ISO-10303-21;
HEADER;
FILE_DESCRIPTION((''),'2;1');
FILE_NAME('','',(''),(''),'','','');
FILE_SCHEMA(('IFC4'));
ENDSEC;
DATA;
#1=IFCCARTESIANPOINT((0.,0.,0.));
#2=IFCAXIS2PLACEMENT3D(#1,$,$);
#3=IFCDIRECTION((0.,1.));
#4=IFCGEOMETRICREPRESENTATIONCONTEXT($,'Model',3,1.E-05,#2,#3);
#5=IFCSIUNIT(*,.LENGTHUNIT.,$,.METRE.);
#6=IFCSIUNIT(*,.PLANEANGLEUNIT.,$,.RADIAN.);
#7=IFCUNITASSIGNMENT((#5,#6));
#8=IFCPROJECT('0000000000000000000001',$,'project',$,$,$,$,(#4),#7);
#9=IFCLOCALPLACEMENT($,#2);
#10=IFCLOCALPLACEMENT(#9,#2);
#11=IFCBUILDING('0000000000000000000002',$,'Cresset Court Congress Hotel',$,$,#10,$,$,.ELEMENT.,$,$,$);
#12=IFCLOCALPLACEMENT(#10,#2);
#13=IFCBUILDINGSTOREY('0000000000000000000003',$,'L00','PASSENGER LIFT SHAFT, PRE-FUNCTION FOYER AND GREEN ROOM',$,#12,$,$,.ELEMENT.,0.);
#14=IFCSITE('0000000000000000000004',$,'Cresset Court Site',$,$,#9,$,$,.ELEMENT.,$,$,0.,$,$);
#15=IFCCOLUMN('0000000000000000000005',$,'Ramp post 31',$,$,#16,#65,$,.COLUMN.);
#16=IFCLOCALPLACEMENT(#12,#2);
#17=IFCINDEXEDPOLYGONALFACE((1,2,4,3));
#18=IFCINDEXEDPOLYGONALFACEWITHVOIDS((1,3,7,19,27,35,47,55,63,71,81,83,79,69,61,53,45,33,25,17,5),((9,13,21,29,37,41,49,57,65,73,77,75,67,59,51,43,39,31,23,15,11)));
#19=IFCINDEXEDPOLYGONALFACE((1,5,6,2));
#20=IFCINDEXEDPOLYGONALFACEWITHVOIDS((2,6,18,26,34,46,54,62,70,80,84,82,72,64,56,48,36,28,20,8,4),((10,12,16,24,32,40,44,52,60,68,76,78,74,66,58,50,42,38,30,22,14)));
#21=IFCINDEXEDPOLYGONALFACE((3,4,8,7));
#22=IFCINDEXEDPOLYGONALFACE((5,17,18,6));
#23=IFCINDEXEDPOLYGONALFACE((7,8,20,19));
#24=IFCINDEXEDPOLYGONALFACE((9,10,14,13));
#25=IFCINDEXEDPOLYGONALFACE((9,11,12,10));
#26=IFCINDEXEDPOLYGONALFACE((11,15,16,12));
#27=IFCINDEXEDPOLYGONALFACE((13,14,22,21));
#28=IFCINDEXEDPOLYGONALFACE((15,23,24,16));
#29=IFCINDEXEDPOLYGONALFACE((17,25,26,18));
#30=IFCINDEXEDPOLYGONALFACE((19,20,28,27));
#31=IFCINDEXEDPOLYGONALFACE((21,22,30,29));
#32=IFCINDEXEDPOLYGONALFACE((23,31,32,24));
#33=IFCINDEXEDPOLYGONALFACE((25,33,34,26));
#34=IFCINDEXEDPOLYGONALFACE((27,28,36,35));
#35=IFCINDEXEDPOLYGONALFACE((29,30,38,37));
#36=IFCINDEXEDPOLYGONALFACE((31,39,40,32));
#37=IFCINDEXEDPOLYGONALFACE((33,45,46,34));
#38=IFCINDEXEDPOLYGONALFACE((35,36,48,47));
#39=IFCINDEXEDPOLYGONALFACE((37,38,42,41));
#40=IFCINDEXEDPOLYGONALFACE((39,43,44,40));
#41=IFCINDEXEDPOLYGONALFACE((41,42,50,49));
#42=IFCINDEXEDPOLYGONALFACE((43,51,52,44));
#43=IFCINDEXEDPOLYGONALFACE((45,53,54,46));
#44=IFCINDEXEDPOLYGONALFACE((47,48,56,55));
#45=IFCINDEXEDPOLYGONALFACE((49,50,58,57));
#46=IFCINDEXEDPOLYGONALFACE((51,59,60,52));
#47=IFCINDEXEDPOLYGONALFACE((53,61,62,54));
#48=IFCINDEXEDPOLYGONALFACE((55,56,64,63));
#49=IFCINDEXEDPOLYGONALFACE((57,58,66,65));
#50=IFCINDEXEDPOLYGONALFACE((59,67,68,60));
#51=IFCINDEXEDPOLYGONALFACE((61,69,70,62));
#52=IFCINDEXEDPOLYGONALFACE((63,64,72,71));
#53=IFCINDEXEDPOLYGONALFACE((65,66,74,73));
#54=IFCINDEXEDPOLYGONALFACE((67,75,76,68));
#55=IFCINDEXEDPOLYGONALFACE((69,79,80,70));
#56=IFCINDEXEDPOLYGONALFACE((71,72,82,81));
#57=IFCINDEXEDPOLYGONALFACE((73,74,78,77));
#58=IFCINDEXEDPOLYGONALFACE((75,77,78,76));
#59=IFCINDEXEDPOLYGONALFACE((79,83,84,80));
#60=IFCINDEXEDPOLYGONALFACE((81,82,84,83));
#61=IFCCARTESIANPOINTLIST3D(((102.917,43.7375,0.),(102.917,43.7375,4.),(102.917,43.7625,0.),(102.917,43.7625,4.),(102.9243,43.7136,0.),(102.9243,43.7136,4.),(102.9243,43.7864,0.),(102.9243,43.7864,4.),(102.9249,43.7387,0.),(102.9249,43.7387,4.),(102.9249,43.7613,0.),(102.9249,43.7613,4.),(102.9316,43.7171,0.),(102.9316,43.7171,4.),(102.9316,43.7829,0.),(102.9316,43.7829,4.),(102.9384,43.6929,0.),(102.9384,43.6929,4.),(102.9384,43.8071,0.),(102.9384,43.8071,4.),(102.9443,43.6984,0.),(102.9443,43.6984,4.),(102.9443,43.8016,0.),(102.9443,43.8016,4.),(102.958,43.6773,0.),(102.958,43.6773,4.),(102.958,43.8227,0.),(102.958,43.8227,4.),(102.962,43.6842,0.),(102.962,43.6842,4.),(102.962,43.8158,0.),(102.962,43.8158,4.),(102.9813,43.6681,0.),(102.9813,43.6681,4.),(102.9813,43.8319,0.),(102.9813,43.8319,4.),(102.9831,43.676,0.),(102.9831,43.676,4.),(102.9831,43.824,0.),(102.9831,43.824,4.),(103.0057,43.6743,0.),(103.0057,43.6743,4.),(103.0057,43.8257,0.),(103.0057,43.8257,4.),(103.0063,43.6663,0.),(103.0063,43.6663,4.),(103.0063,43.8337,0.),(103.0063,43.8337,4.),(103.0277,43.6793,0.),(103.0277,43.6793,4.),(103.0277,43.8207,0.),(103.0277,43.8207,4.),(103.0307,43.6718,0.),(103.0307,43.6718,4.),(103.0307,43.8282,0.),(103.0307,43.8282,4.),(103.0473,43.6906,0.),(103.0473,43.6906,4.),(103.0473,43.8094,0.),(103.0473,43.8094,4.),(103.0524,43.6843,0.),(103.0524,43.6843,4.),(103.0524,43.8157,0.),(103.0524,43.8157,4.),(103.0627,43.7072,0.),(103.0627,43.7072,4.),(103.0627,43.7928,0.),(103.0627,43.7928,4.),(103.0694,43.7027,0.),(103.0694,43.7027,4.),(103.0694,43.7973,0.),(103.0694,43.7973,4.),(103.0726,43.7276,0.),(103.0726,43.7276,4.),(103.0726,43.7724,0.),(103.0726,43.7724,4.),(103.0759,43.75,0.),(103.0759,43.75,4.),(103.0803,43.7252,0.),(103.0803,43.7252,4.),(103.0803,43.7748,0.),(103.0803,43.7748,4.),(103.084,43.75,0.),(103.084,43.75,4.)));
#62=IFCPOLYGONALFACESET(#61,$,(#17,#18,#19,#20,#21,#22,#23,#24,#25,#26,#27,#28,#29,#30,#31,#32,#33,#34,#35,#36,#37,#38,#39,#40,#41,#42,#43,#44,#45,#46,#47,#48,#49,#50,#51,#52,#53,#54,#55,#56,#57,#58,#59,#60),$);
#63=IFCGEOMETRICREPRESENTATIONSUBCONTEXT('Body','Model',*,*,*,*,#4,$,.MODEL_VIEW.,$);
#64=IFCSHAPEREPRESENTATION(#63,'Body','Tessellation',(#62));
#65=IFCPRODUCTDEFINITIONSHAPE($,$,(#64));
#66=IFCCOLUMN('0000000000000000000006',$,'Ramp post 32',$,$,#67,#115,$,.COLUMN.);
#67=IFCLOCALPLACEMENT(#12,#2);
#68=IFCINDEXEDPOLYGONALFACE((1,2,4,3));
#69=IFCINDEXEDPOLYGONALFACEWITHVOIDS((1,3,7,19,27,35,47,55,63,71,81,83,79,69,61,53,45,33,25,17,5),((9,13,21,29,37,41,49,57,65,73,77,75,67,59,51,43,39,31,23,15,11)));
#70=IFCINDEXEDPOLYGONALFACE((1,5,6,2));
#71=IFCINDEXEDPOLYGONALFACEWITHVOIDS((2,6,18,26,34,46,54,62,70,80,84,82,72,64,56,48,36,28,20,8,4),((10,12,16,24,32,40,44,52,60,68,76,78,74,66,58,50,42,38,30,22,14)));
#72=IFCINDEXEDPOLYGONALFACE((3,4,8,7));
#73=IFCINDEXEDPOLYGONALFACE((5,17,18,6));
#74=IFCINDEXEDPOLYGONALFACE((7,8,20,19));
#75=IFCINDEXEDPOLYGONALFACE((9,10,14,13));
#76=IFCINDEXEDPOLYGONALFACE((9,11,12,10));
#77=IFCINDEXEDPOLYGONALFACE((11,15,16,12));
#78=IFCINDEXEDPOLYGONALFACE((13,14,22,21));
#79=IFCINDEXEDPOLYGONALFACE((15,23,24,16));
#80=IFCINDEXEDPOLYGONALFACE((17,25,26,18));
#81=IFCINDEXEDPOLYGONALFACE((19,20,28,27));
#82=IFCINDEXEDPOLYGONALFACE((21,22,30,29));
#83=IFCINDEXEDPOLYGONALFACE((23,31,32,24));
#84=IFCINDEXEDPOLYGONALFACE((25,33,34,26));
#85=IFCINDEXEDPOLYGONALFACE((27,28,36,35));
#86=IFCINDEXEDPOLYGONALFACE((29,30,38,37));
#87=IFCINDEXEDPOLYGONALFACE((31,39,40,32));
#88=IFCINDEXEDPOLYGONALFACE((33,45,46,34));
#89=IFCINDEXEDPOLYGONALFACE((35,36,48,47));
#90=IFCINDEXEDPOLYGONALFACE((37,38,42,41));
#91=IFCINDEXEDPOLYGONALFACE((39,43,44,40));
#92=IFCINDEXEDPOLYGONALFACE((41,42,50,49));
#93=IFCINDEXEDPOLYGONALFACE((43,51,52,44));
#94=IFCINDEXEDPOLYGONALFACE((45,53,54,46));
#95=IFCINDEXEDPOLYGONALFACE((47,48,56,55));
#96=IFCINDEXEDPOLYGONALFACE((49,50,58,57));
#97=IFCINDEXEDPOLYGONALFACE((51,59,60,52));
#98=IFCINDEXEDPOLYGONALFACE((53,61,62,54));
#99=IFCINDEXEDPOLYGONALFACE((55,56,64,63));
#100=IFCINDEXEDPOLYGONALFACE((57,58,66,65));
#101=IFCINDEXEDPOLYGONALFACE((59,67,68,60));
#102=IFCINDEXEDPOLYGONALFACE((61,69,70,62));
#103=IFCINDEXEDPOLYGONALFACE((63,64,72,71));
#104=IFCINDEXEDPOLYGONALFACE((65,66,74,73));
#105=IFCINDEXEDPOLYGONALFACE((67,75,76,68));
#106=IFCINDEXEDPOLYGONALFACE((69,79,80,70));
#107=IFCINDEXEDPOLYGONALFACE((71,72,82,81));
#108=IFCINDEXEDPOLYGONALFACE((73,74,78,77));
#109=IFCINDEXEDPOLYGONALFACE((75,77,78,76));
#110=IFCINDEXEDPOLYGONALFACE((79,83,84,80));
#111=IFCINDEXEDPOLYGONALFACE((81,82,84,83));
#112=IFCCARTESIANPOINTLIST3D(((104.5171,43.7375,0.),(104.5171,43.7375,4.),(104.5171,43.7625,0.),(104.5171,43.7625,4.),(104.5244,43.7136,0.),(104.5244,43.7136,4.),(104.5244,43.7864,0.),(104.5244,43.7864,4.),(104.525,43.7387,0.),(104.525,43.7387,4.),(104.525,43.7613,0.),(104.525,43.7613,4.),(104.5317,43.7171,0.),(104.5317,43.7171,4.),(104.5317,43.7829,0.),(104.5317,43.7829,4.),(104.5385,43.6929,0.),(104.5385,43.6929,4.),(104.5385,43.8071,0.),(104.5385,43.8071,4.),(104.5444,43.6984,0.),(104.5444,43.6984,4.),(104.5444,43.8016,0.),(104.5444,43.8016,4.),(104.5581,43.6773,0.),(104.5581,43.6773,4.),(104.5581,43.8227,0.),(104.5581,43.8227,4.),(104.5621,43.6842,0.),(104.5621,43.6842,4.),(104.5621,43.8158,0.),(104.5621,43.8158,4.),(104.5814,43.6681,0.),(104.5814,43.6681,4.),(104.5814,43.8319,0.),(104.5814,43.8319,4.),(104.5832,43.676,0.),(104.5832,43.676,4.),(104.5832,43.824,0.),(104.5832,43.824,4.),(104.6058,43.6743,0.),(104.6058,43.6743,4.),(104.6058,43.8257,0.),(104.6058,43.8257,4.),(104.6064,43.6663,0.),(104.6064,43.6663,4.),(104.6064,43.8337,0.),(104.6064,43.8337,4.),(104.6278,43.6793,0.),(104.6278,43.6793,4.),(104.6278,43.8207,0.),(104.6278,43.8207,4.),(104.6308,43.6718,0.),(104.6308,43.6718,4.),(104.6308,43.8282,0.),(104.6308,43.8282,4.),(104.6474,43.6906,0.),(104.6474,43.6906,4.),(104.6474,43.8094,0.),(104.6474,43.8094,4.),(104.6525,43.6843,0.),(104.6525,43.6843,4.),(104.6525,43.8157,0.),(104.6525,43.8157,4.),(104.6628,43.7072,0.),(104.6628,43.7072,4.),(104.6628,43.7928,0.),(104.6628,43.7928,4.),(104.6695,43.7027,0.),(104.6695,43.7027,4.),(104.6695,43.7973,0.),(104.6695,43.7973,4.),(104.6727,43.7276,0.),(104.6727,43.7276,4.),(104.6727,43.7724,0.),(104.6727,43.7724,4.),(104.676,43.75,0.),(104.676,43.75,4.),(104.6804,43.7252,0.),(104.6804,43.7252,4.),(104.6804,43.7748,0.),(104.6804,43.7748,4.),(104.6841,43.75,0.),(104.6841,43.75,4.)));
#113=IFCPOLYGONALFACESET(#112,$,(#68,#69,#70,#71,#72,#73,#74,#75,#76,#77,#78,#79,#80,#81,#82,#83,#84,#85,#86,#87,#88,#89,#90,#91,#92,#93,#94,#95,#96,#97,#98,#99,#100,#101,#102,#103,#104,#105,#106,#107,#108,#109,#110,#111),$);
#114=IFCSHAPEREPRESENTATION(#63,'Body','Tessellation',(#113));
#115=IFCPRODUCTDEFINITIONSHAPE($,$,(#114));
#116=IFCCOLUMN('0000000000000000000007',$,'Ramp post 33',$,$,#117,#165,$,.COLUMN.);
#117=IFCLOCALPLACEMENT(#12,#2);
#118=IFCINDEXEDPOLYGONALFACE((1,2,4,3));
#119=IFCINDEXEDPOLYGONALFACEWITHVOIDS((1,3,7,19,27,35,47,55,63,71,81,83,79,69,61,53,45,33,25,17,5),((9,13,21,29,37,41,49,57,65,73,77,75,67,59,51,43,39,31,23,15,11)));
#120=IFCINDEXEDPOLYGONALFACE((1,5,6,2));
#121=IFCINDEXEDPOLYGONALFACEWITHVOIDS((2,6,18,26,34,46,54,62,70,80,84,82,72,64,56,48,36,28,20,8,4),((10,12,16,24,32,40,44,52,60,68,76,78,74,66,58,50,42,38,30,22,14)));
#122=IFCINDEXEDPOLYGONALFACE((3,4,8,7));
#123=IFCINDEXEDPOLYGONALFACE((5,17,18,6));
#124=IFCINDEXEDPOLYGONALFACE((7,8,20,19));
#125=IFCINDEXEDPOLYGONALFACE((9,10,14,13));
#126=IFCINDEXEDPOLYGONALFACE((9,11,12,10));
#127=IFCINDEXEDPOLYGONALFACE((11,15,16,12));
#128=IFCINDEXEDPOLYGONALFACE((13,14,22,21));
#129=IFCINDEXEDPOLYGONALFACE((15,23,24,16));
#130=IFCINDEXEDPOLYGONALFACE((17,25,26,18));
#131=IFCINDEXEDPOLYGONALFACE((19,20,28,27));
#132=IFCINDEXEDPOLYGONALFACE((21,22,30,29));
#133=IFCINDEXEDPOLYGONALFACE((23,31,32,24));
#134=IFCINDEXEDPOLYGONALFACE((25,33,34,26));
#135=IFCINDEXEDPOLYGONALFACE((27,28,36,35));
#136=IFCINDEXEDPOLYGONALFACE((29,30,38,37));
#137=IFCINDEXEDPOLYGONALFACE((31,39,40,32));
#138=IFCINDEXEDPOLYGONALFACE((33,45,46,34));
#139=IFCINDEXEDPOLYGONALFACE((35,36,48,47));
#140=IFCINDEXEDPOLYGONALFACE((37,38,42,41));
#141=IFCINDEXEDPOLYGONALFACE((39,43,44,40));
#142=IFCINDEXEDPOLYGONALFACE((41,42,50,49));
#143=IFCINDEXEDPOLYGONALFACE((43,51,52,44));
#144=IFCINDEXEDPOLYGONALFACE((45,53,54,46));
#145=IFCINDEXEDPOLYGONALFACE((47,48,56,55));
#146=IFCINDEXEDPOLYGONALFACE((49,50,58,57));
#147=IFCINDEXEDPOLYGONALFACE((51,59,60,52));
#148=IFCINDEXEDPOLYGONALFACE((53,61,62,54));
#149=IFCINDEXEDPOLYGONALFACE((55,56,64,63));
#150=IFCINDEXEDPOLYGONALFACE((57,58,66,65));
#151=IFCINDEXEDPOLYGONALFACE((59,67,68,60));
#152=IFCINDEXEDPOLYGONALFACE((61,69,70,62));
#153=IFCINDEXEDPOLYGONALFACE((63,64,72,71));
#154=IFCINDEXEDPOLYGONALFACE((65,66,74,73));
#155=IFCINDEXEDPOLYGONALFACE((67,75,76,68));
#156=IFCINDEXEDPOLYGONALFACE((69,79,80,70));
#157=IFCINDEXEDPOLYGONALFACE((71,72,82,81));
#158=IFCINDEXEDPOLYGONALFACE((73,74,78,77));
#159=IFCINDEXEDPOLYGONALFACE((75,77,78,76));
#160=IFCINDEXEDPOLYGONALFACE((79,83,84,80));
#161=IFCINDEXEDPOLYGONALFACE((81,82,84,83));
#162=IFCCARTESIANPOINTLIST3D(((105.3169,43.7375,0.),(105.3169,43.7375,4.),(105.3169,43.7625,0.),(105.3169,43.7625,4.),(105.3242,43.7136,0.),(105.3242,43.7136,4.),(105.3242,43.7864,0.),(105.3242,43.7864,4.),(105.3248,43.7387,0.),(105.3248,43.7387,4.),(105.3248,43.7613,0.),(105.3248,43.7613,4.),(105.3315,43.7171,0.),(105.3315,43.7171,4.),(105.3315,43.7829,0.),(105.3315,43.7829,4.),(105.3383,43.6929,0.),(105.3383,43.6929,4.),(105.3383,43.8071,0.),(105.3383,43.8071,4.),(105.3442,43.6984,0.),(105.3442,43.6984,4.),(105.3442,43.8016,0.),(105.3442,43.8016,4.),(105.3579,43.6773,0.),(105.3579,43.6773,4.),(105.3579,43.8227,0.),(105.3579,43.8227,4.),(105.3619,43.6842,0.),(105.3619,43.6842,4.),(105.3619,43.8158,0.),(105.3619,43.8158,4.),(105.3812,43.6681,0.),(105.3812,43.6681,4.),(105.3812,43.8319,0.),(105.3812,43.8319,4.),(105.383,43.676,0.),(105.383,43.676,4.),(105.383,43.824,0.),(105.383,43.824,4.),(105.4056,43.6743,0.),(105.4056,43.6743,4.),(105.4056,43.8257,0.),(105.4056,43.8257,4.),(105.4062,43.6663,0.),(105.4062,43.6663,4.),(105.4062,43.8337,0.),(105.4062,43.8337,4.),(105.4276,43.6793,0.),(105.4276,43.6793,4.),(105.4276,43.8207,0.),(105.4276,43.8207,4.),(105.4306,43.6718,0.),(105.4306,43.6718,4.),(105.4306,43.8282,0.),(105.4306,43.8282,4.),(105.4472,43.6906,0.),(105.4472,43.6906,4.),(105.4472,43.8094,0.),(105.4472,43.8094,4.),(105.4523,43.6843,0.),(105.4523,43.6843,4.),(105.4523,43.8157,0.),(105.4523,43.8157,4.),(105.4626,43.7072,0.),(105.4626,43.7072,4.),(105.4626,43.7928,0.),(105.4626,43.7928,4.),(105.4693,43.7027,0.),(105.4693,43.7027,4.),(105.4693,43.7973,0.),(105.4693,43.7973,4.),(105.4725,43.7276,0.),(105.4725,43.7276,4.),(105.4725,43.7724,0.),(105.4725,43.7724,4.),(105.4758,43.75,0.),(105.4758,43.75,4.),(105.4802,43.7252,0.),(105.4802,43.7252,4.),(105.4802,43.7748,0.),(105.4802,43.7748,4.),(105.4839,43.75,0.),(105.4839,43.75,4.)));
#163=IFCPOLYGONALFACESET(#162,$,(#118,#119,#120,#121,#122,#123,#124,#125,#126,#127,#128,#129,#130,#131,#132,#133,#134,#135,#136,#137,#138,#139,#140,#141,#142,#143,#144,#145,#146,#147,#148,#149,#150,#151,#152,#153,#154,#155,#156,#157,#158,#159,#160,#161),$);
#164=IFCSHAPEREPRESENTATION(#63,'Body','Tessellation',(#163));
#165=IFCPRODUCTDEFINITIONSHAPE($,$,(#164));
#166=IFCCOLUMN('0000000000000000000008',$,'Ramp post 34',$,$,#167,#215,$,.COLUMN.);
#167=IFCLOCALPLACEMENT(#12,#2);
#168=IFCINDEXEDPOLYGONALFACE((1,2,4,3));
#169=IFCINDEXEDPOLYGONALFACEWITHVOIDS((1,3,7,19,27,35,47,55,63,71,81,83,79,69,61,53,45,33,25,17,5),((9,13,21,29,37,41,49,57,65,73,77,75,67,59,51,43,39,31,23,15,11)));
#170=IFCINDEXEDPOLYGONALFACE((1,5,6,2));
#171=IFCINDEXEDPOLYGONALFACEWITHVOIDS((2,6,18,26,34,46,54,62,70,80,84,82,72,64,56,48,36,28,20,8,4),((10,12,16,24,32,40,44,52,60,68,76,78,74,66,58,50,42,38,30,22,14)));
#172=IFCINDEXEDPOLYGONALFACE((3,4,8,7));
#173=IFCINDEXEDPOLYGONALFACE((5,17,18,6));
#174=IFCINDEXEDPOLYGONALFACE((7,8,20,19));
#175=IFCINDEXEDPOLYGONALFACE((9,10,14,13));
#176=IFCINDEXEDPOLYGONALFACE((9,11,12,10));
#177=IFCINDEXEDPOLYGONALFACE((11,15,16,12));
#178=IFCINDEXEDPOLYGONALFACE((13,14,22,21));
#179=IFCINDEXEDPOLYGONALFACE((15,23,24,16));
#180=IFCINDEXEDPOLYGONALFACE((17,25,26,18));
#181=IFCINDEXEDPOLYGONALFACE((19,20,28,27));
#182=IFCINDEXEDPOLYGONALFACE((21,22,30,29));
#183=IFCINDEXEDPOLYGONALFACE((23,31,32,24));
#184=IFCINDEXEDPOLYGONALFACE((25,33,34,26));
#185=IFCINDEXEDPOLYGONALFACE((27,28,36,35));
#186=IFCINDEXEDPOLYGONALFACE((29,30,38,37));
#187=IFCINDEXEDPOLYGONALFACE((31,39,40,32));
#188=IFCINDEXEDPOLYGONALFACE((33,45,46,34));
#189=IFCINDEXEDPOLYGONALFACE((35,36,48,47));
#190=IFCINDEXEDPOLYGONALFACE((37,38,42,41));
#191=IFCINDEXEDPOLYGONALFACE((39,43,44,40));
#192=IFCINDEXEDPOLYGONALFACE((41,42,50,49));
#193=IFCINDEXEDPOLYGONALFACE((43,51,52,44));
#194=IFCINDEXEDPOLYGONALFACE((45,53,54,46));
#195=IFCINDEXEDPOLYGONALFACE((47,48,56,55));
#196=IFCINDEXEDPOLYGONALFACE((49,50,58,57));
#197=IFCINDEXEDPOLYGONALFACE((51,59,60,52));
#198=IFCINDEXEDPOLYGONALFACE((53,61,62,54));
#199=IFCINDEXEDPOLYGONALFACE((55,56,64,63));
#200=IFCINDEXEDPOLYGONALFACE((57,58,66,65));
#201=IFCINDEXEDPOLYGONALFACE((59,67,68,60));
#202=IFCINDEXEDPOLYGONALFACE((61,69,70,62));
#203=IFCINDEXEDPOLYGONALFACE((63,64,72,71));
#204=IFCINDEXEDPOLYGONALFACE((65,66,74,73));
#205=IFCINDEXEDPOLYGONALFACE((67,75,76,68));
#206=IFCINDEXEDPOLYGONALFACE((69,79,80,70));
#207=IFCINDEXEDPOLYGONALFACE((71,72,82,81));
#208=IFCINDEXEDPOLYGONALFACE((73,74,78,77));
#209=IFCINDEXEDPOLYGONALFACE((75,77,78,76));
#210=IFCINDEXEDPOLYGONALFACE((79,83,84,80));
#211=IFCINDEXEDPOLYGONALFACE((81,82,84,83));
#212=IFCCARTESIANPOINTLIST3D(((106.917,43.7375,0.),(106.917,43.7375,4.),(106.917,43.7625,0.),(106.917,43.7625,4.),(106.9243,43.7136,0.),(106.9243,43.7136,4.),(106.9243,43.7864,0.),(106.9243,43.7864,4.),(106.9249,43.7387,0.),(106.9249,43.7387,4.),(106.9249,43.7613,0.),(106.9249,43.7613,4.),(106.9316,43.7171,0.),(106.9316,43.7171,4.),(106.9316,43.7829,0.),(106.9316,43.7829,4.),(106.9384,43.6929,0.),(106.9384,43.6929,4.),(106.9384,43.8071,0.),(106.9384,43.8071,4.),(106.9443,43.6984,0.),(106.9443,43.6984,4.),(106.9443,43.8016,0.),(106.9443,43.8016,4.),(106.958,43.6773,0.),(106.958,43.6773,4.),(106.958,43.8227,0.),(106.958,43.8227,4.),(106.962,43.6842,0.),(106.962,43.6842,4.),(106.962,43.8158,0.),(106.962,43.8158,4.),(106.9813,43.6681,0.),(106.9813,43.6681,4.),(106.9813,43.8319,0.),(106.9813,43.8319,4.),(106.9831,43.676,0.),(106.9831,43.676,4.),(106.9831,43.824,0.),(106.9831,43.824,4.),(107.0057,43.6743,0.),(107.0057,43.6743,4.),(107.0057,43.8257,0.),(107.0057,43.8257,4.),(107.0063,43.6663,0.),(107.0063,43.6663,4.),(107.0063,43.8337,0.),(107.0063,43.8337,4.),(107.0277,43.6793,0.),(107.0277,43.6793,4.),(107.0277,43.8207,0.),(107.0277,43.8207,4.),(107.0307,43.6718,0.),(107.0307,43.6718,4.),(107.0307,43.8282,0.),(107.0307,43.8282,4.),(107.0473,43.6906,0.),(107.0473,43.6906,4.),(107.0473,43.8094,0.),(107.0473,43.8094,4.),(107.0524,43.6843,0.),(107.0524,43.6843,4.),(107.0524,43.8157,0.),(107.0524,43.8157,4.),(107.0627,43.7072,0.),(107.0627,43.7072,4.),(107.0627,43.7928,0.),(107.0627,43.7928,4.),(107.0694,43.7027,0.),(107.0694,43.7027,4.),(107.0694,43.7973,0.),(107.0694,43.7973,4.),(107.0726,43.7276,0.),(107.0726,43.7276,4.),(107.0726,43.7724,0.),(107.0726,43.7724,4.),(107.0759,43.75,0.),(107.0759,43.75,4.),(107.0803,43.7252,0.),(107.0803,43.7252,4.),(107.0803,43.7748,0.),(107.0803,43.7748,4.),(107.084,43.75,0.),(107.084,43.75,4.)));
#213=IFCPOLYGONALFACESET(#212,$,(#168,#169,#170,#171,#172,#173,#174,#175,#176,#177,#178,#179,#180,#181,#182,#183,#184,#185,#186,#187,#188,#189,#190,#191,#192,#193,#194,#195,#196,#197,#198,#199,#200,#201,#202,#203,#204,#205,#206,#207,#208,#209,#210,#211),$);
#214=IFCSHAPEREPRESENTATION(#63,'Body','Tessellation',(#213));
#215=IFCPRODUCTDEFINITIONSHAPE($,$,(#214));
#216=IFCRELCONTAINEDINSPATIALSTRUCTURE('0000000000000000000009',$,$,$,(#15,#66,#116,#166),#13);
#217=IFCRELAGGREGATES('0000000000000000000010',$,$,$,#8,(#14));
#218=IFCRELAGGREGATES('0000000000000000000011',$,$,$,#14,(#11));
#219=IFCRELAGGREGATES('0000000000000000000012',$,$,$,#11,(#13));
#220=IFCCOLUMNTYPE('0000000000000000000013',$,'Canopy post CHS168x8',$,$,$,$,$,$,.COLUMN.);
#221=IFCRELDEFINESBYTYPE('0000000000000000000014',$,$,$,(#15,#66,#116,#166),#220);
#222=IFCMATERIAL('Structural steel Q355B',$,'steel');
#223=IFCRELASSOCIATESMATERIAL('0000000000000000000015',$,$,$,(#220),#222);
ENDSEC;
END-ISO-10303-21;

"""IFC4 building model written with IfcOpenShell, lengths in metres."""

from ifc_helpers import new_model, si_unit, direction, frame, origin, origin_2d, place, context, subcontext, project, spatial, hollow_circle, extrude, material, material_profile, profile_set, type_object, element, save


model = new_model("IFC4")

# Units and contexts
model_context = context("Model", 3, precision=1e-05, world=origin(), true_north=direction((0.0, 1.0)))
body_context = subcontext(model_context, "Body", "Model", "MODEL_VIEW")
ifc_project = project(units=[si_unit("LENGTHUNIT", "METRE"), si_unit("PLANEANGLEUNIT", "RADIAN")], contexts=[model_context])

# Site, building, storey
site_placement = place(None, origin())
site = spatial("IfcSite", under=ifc_project, at=site_placement, Name="Cresset Court Site", CompositionType="ELEMENT", RefElevation=0.0)
building_placement = place(site_placement, origin())
building = spatial("IfcBuilding", under=site, at=building_placement, Name="Cresset Court Congress Hotel", CompositionType="ELEMENT")
storey_placement = place(building_placement, origin())
storey = spatial("IfcBuildingStorey", under=building, at=storey_placement, Name="L00", Description="PASSENGER LIFT SHAFT, PRE-FUNCTION FOYER AND GREEN ROOM", CompositionType="ELEMENT", Elevation=0.0)

# Columns
ifc_material_1 = material(Name="Structural steel Q355B", Category="steel")
ifc_material_profile_1 = material_profile(ifc_material_1, hollow_circle(Radius=0.084, WallThickness=0.0081, at=origin_2d()), Name="CHS168x8")
ifc_profile_set_1 = profile_set([ifc_material_profile_1], Name="Structural steel Q355B")
column_type = type_object("IfcColumnType", Name="Canopy post CHS168x8", PredefinedType="COLUMN", material=ifc_profile_set_1)
for number, where, z_axis, x_axis, name in (
    (1, (103.0, 43.75, 0.0), (0.0, 0.0, 1.0), (1.0, 0.0, 0.0), "Ramp post 31"),
    (2, (104.6001, 43.75, 0.0), (0.0, 0.0, 1.0), (1.0, 0.0, 0.0), "Ramp post 32"),
    (3, (105.3999, 43.75, 0.0), (0.0, 0.0, 1.0), (1.0, 0.0, 0.0), "Ramp post 33"),
    (4, (107.0, 43.75, 0.0), (0.0, 0.0, 1.0), (1.0, 0.0, 0.0), "Ramp post 34"),
):
    element("IfcColumn", number, at=place(storey_placement, frame(where, z_axis=z_axis, x_axis=x_axis)), inside=storey, type_object=column_type, Name=name, PredefinedType="COLUMN", context=body_context, shape_type="SweptSolid", body=[
        extrude(hollow_circle(Radius=0.084, WallThickness=0.0081, at=origin_2d()), origin(), (0.0, 0.0, 1.0), 4.0),
    ])

save(model, "model.ifc")
